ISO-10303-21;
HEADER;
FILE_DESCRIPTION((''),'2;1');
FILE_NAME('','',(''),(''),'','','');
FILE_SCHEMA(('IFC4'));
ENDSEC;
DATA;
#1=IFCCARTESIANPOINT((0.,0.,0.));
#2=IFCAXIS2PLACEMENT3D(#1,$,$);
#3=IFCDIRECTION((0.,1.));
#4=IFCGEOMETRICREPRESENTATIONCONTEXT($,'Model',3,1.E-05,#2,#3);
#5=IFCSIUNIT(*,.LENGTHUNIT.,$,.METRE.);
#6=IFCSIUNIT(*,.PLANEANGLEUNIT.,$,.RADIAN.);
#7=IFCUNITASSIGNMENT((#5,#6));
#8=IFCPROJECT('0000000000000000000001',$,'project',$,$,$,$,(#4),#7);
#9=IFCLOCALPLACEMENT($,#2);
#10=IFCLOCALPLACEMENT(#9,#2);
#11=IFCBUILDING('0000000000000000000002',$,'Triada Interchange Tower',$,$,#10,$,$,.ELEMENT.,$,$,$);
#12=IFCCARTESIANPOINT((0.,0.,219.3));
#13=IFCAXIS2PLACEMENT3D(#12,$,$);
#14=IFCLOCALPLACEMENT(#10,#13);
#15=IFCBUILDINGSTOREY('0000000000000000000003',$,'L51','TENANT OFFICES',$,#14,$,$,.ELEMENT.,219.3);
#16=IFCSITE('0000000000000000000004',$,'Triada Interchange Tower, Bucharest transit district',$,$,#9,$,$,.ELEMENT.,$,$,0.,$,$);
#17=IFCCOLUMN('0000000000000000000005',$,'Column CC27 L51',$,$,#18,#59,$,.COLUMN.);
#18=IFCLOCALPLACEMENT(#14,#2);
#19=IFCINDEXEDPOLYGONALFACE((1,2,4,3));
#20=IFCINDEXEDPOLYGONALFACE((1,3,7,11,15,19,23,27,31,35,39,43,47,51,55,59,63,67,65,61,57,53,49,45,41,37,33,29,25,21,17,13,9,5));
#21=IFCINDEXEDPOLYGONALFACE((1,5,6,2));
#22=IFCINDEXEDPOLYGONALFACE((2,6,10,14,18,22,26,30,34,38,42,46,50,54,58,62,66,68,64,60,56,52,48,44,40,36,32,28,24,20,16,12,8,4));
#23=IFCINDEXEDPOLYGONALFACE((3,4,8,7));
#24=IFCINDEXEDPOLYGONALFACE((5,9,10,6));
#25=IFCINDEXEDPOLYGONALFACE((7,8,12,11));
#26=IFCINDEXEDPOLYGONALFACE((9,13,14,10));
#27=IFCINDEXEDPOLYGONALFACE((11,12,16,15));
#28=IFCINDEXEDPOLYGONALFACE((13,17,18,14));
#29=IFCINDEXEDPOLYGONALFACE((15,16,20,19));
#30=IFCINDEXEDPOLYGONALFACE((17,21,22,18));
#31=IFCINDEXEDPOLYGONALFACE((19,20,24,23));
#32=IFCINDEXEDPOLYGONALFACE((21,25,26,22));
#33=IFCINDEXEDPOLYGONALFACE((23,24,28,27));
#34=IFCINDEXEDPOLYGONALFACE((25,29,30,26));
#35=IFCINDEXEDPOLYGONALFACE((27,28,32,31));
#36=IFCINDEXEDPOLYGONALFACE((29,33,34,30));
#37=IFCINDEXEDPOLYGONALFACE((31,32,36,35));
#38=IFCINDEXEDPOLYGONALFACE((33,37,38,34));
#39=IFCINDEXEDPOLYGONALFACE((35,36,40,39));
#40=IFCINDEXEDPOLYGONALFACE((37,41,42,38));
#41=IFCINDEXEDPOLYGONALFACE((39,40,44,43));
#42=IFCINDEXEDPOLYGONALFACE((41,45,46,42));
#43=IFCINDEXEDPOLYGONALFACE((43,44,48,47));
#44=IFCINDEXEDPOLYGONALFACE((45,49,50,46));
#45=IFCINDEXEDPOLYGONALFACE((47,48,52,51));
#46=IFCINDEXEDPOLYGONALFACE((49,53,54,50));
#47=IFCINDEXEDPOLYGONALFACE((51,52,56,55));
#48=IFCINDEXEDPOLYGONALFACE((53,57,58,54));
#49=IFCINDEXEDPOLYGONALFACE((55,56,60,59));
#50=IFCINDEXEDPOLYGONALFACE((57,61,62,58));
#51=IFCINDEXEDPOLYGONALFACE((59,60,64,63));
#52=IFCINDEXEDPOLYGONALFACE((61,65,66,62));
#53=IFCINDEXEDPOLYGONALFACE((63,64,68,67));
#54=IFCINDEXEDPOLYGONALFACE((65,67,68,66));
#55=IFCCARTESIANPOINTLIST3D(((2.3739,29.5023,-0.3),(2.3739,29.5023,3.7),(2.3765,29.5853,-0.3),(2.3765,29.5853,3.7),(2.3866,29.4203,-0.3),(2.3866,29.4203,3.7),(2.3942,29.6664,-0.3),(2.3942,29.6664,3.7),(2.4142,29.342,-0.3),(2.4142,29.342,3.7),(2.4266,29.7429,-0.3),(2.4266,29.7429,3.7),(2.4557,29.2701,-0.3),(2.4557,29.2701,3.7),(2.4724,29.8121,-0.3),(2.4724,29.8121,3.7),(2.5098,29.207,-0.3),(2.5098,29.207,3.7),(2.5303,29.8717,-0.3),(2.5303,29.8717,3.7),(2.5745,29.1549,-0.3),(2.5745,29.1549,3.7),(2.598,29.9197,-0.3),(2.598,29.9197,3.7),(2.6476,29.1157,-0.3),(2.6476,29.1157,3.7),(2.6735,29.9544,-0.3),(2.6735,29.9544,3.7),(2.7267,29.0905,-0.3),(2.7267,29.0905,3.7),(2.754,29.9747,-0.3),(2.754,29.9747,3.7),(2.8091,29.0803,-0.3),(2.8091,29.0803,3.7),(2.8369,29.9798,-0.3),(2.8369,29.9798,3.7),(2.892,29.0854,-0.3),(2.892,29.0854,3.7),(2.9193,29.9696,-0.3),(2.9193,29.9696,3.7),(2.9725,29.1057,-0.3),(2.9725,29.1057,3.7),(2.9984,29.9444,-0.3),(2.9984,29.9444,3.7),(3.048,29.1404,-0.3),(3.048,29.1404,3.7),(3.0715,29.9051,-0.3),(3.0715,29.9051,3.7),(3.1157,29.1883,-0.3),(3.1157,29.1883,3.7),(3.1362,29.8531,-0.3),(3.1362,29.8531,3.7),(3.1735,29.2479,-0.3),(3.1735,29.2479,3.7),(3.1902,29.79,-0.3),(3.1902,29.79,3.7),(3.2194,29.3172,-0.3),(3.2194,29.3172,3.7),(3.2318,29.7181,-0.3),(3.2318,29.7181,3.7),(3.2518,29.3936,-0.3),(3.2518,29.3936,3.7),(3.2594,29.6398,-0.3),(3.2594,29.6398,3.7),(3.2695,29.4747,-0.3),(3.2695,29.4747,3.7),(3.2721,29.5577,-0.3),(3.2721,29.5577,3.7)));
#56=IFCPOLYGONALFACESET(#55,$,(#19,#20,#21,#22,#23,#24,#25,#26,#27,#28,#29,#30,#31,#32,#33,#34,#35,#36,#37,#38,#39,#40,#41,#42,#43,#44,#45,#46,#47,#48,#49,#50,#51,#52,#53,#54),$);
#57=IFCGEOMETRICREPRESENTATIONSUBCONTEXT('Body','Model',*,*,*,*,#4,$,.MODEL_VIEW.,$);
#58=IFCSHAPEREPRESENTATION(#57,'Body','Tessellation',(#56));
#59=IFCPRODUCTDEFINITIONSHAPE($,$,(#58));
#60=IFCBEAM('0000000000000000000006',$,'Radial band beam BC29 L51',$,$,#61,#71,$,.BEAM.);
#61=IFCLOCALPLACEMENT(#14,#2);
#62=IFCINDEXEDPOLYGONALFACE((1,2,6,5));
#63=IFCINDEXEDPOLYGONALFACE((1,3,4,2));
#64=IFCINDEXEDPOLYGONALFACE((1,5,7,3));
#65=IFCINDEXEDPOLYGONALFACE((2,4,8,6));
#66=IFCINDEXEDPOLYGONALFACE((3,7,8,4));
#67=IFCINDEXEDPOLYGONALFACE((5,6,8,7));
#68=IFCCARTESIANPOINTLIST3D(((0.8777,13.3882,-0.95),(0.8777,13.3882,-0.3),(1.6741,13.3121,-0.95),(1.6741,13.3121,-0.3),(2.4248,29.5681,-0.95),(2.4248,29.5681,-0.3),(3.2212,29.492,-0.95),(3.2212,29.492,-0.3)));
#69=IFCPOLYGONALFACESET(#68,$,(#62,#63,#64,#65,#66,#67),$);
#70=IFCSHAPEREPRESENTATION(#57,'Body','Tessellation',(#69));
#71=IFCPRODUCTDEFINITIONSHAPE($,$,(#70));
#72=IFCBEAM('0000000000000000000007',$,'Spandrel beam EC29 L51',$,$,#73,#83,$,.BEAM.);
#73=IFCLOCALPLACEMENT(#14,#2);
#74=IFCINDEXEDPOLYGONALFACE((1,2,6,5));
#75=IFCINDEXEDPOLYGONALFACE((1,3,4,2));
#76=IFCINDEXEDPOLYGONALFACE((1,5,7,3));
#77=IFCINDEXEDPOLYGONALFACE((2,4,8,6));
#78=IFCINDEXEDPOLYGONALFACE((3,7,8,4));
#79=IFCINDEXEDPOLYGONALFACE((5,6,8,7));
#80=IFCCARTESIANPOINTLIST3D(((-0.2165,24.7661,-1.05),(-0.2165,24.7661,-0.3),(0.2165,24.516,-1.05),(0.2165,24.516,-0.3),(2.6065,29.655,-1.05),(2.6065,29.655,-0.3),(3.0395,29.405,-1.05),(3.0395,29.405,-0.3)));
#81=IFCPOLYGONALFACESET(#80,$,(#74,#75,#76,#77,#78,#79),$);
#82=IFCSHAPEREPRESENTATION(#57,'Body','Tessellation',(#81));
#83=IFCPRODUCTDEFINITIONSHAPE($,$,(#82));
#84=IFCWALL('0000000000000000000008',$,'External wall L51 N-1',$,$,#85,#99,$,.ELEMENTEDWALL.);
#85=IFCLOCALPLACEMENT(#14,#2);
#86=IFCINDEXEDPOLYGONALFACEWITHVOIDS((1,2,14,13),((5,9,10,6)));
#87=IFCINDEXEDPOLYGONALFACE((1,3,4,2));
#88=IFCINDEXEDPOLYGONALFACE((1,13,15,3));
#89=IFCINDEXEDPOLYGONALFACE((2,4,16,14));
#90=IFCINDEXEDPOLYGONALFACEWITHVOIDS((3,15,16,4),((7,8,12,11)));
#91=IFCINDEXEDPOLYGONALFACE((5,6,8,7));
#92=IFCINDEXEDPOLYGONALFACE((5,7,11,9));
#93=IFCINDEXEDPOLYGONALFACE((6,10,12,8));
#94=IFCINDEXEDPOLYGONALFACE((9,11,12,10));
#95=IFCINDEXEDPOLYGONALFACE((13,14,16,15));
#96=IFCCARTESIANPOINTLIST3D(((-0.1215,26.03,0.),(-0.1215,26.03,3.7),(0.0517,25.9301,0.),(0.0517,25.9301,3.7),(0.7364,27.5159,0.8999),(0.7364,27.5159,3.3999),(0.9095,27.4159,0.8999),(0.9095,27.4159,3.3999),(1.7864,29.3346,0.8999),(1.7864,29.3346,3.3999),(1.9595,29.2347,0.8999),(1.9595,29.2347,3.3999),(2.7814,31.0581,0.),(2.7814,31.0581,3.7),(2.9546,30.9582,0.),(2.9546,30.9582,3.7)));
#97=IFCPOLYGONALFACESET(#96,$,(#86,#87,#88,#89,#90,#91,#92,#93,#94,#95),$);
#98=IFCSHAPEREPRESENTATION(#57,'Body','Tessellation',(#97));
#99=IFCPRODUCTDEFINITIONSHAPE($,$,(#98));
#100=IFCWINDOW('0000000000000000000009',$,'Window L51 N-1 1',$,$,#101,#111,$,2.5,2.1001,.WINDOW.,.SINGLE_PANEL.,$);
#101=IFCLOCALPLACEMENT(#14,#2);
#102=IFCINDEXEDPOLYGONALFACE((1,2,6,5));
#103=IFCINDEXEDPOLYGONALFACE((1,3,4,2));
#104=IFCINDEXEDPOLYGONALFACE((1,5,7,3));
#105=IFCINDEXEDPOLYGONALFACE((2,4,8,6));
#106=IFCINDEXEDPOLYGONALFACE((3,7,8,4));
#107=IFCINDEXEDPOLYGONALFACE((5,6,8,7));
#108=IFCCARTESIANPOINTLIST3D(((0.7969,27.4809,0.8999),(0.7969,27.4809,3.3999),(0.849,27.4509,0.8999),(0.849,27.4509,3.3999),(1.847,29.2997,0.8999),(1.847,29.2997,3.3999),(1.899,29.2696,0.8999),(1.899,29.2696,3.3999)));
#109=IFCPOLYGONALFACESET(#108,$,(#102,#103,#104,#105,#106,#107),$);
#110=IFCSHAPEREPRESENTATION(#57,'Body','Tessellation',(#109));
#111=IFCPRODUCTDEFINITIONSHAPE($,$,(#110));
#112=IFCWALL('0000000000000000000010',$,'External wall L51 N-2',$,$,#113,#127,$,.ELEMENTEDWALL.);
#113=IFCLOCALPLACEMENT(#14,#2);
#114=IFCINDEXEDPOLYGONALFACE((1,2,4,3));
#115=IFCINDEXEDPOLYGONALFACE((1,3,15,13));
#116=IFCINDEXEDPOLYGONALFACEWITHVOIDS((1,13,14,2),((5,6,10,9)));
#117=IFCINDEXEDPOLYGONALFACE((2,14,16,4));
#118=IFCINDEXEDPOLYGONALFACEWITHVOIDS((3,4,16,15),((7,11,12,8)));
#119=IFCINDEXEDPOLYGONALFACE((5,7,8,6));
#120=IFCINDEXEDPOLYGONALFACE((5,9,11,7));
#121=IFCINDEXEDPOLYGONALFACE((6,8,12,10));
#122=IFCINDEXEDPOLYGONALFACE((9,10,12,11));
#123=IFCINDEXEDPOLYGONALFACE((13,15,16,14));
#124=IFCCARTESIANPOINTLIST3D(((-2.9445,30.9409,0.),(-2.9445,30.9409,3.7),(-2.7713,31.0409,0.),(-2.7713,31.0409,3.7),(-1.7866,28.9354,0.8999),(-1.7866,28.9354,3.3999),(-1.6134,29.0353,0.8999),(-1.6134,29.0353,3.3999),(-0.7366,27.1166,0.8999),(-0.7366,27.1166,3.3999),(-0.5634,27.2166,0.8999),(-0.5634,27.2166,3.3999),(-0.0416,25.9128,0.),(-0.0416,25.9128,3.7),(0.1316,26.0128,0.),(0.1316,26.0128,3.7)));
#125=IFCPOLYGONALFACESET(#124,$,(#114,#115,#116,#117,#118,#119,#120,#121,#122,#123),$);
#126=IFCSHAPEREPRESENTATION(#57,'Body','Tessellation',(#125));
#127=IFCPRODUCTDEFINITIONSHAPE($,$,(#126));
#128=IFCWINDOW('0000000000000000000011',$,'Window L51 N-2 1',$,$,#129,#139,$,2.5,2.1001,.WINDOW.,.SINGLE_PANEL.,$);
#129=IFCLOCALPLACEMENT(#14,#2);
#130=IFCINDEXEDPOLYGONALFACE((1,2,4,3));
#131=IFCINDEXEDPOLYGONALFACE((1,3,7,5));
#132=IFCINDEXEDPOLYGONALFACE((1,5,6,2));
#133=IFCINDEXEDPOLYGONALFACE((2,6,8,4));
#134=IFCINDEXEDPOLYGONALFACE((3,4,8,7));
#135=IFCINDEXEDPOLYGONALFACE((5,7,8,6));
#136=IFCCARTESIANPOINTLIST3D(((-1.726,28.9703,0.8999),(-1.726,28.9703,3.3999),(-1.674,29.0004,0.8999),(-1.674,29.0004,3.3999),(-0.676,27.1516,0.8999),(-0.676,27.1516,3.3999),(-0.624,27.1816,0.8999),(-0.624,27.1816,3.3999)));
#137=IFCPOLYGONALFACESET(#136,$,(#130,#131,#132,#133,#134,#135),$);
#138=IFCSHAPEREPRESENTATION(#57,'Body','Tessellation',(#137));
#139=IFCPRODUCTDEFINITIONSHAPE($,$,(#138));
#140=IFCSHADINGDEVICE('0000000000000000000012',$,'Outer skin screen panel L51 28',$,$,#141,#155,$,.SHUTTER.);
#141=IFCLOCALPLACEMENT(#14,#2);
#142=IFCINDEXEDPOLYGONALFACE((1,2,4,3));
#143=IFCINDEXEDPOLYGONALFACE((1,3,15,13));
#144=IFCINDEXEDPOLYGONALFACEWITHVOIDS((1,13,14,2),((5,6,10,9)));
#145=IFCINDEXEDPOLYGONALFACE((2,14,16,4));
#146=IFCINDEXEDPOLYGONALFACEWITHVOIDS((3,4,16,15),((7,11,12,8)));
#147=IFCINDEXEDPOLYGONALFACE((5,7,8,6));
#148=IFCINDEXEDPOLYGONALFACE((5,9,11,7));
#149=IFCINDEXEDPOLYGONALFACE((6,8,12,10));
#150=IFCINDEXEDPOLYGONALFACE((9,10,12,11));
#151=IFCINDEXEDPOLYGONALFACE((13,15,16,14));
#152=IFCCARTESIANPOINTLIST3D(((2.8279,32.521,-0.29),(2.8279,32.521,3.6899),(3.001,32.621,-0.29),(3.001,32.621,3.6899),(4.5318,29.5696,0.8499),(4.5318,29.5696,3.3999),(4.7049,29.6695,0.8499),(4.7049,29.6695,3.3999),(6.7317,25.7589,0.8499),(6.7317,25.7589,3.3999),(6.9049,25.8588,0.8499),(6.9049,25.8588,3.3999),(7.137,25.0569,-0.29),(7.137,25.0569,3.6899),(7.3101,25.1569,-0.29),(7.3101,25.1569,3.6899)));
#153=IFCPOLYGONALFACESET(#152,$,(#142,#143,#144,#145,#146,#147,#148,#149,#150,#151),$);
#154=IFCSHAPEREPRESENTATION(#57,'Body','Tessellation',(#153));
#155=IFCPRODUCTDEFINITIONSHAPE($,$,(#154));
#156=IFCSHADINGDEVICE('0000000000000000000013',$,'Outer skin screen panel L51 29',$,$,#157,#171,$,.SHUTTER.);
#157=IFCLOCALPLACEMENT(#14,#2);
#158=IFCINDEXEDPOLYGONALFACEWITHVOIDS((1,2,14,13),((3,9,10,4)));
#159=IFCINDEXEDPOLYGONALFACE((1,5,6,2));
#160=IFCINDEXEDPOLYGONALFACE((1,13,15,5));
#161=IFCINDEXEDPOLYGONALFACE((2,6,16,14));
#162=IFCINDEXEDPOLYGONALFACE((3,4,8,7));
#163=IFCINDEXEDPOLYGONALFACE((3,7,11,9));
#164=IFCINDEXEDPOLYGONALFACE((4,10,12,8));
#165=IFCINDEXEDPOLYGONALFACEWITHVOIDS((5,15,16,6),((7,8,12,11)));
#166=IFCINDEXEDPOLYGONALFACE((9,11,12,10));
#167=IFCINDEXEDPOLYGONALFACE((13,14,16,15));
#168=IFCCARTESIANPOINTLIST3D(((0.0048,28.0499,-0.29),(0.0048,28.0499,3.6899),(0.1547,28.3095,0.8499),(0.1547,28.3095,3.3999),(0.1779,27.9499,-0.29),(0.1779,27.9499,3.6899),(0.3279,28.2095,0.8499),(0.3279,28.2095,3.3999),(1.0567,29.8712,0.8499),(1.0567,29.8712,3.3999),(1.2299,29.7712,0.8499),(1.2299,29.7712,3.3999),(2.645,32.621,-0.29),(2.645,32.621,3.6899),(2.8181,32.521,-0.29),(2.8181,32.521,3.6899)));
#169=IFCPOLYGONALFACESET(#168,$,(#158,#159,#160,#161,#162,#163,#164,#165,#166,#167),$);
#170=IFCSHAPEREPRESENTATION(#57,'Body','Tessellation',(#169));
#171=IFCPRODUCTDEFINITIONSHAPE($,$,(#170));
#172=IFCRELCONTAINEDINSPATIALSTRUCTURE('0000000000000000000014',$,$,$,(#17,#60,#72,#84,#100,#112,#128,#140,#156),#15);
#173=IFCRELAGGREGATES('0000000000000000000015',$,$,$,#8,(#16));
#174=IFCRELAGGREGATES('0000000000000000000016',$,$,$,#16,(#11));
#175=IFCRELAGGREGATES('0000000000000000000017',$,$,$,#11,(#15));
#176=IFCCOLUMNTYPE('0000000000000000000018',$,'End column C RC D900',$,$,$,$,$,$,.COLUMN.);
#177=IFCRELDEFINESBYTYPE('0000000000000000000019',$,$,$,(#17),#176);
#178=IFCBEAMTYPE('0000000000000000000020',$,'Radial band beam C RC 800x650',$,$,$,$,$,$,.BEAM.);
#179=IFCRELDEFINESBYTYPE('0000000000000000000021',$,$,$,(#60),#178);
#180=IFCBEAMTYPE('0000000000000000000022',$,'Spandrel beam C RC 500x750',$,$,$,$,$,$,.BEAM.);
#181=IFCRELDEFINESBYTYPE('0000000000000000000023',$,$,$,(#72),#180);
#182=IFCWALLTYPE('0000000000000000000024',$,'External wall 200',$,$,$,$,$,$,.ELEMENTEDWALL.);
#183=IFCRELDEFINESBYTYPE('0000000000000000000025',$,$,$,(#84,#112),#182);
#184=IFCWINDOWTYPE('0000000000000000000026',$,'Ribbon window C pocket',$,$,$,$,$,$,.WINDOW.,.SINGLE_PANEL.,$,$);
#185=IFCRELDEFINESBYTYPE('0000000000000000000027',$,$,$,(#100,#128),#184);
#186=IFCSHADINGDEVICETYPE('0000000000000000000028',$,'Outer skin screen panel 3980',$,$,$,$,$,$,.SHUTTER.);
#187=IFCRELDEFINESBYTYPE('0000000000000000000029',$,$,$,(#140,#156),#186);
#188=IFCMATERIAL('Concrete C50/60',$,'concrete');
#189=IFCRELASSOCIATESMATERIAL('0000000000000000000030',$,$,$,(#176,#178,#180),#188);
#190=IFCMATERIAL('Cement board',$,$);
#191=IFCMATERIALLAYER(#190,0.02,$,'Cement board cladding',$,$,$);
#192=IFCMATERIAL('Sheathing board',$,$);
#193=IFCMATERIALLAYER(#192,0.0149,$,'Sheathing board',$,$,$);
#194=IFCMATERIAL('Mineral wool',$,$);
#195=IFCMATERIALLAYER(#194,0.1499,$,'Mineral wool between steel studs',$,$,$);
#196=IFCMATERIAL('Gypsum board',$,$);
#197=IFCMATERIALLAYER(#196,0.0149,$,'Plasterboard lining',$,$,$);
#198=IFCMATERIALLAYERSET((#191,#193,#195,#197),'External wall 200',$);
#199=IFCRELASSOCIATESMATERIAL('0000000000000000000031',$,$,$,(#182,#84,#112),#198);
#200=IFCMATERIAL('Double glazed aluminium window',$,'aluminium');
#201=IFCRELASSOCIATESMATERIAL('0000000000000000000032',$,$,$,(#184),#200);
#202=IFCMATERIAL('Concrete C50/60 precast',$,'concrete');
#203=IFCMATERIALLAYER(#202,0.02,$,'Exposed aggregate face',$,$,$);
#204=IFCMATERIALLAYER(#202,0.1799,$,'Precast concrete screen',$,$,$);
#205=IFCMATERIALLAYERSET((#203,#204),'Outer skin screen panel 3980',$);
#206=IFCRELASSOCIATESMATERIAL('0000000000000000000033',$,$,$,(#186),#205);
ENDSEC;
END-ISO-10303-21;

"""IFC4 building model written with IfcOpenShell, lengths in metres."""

from ifc_helpers import new_model, si_unit, direction, frame, frame_2d, origin, origin_2d, place, context, subcontext, project, spatial, polyline, rectangle, circle, outline, extrude, material, layer, layer_set, layer_usage, material_profile, profile_set, type_object, element, fill, save


model = new_model("IFC4")

# Units and contexts
model_context = context("Model", 3, precision=1e-05, world=origin(), true_north=direction((0.0, 1.0)))
body_context = subcontext(model_context, "Body", "Model", "MODEL_VIEW")
ifc_project = project(units=[si_unit("LENGTHUNIT", "METRE"), si_unit("PLANEANGLEUNIT", "RADIAN")], contexts=[model_context])

# Site, building, storey
site_placement = place(None, origin())
site = spatial("IfcSite", under=ifc_project, at=site_placement, Name="Triada Interchange Tower, Bucharest transit district", CompositionType="ELEMENT", RefElevation=0.0)
building_placement = place(site_placement, origin())
building = spatial("IfcBuilding", under=site, at=building_placement, Name="Triada Interchange Tower", CompositionType="ELEMENT")
storey_placement = place(building_placement, frame((0.0, 0.0, 219.3)))
storey = spatial("IfcBuildingStorey", under=building, at=storey_placement, Name="L51", Description="TENANT OFFICES", CompositionType="ELEMENT", Elevation=219.3)

# Column
ifc_material_1 = material(Name="Concrete C50/60", Category="concrete")
ifc_material_profile_1 = material_profile(ifc_material_1, circle(Radius=0.45, at=origin_2d()), Name="RC D900")
ifc_profile_set_1 = profile_set([ifc_material_profile_1], Name="Concrete C50/60")
column_type = type_object("IfcColumnType", Name="End column C RC D900", PredefinedType="COLUMN", material=ifc_profile_set_1)
column_placement = place(storey_placement, frame((2.823, 29.53, -0.3), z_axis=(0.0, 0.0, 1.0), x_axis=(-0.5, 0.866025, 0.0)))
element("IfcColumn", 1, at=column_placement, inside=storey, type_object=column_type, Name="Column CC27 L51", PredefinedType="COLUMN", context=body_context, shape_type="SweptSolid", body=[
    extrude(circle(Radius=0.45, at=origin_2d()), origin(), (0.0, 0.0, 1.0), 4.0),
])

# Beams
ifc_material_profile_2 = material_profile(ifc_material_1, rectangle(XDim=0.8, YDim=0.6499, at=origin_2d()), Name="RC 800x650")
ifc_profile_set_2 = profile_set([ifc_material_profile_2], Name="Concrete C50/60")
beam_type_1 = type_object("IfcBeamType", Name="Radial band beam C RC 800x650", PredefinedType="BEAM", material=ifc_profile_set_2)
beam_1_placement = place(storey_placement, frame((2.823, 29.53, -0.625), z_axis=(-0.095185, -0.99546, 0.0), x_axis=(0.99546, -0.095185, 0.0)))
element("IfcBeam", 2, at=beam_1_placement, inside=storey, type_object=beam_type_1, Name="Radial band beam BC29 L51", PredefinedType="BEAM", context=body_context, shape_type="SweptSolid", body=[
    extrude(rectangle(XDim=0.8, YDim=0.6499, at=origin_2d()), origin(), (0.0, 0.0, 1.0), 16.2537),
])
ifc_material_profile_3 = material_profile(ifc_material_1, rectangle(XDim=0.5, YDim=0.75, at=origin_2d()), Name="RC 500x750")
ifc_profile_set_3 = profile_set([ifc_material_profile_3], Name="Concrete C50/60")
beam_type_2 = type_object("IfcBeamType", Name="Spandrel beam C RC 500x750", PredefinedType="BEAM", material=ifc_profile_set_3)
beam_2_placement = place(storey_placement, frame((2.823, 29.53, -0.675), z_axis=(-0.500051, -0.865996, 0.0), x_axis=(0.865996, -0.500051, 0.0)))
element("IfcBeam", 3, at=beam_2_placement, inside=storey, type_object=beam_type_2, Name="Spandrel beam EC29 L51", PredefinedType="BEAM", context=body_context, shape_type="SweptSolid", body=[
    extrude(rectangle(XDim=0.5, YDim=0.75, at=origin_2d()), origin(), (0.0, 0.0, 1.0), 5.6455),
])

# Walls, openings, windows
ifc_material_2 = material(Name="Cement board")
ifc_layer_1 = layer(ifc_material_2, 0.02, Name="Cement board cladding")
ifc_material_3 = material(Name="Sheathing board")
ifc_layer_2 = layer(ifc_material_3, 0.0149, Name="Sheathing board")
ifc_material_4 = material(Name="Mineral wool")
ifc_layer_3 = layer(ifc_material_4, 0.1499, Name="Mineral wool between steel studs")
ifc_material_5 = material(Name="Gypsum board")
ifc_layer_4 = layer(ifc_material_5, 0.0149, Name="Plasterboard lining")
ifc_layer_set_1 = layer_set([ifc_layer_1, ifc_layer_2, ifc_layer_3, ifc_layer_4], Name="External wall 200")
ifc_layer_usage = layer_usage(ifc_layer_set_1, "AXIS2", "POSITIVE", -0.1001)
wall_type = type_object("IfcWallType", Name="External wall 200", PredefinedType="ELEMENTEDWALL", material=ifc_layer_set_1)
wall_1_placement = place(storey_placement, frame((2.8679, 31.0081, 0.0), z_axis=(0.0, 0.0, 1.0), x_axis=(-0.499983, -0.866035, 0.0)))
wall_1 = element("IfcWall", 4, at=wall_1_placement, inside=storey, type_object=wall_type, material=ifc_layer_usage, Name="External wall L51 N-1", PredefinedType="ELEMENTEDWALL", context=body_context, shape_type="SweptSolid", body=[
    extrude(rectangle(XDim=5.8059, YDim=0.2, at=frame_2d((2.9028, 0.0))), origin(), (0.0, 0.0, 1.0), 3.7),
])
opening_1_placement = place(wall_1_placement, frame((1.99, 0.0, 0.8999)))
opening_1 = element("IfcOpeningElement", 5, at=opening_1_placement, cuts=wall_1, PredefinedType="OPENING", context=body_context, shape_type="SweptSolid", body=[
    extrude(rectangle(XDim=2.1001, YDim=2.5, at=frame_2d((1.05, 1.25))), frame((0.0, 0.1099, 0.0), z_axis=(0.0, -1.0, 0.0), x_axis=(1.0, 0.0, 0.0)), (0.0, 0.0, 1.0), 0.22),
])
ifc_material_6 = material(Name="Double glazed aluminium window", Category="aluminium")
window_type = type_object("IfcWindowType", Name="Ribbon window C pocket", PartitioningType="SINGLE_PANEL", PredefinedType="WINDOW", material=ifc_material_6)
window_1_placement = place(opening_1_placement, origin())
window_1 = element("IfcWindow", 6, at=window_1_placement, inside=storey, type_object=window_type, Name="Window L51 N-1 1", OverallHeight=2.5, OverallWidth=2.1001, PartitioningType="SINGLE_PANEL", PredefinedType="WINDOW", context=body_context, shape_type="SweptSolid", body=[
    extrude(rectangle(XDim=2.1001, YDim=2.5, at=frame_2d((1.05, 1.25))), frame((0.0, 0.03, 0.0), z_axis=(0.0, -1.0, 0.0), x_axis=(1.0, 0.0, 0.0)), (0.0, 0.0, 1.0), 0.0601),
])
fill(opening_1, window_1)
wall_2_placement = place(storey_placement, frame((0.0449, 25.9629, 0.0), z_axis=(0.0, 0.0, 1.0), x_axis=(-0.499983, 0.866035, 0.0)))
wall_2 = element("IfcWall", 7, at=wall_2_placement, inside=storey, type_object=wall_type, material=ifc_layer_usage, Name="External wall L51 N-2", PredefinedType="ELEMENTEDWALL", context=body_context, shape_type="SweptSolid", body=[
    extrude(rectangle(XDim=5.8059, YDim=0.2, at=frame_2d((2.9028, 0.0))), origin(), (0.0, 0.0, 1.0), 3.7),
])
opening_2_placement = place(wall_2_placement, frame((1.3899, 0.0, 0.8999)))
opening_2 = element("IfcOpeningElement", 8, at=opening_2_placement, cuts=wall_2, PredefinedType="OPENING", context=body_context, shape_type="SweptSolid", body=[
    extrude(rectangle(XDim=2.1001, YDim=2.5, at=frame_2d((1.05, 1.25))), frame((0.0, 0.1099, 0.0), z_axis=(0.0, -1.0, 0.0), x_axis=(1.0, 0.0, 0.0)), (0.0, 0.0, 1.0), 0.22),
])
window_2_placement = place(opening_2_placement, origin())
window_2 = element("IfcWindow", 9, at=window_2_placement, inside=storey, type_object=window_type, Name="Window L51 N-2 1", OverallHeight=2.5, OverallWidth=2.1001, PartitioningType="SINGLE_PANEL", PredefinedType="WINDOW", context=body_context, shape_type="SweptSolid", body=[
    extrude(rectangle(XDim=2.1001, YDim=2.5, at=frame_2d((1.05, 1.25))), frame((0.0, 0.03, 0.0), z_axis=(0.0, -1.0, 0.0), x_axis=(1.0, 0.0, 0.0)), (0.0, 0.0, 1.0), 0.0601),
])
fill(opening_2, window_2)

# Shading devices
ifc_material_7 = material(Name="Concrete C50/60 precast", Category="concrete")
ifc_layer_5 = layer(ifc_material_7, 0.02, Name="Exposed aggregate face")
ifc_layer_6 = layer(ifc_material_7, 0.1799, Name="Precast concrete screen")
ifc_layer_set_2 = layer_set([ifc_layer_5, ifc_layer_6], Name="Outer skin screen panel 3980")
shading_device_type = type_object("IfcShadingDeviceType", Name="Outer skin screen panel 3980", PredefinedType="SHUTTER", material=ifc_layer_set_2)
shading_device_1_placement = place(storey_placement, frame((7.137, 25.0569, -0.29), z_axis=(0.0, 0.0, 1.0), x_axis=(-0.499972, 0.866042, 0.0)))
element("IfcShadingDevice", 10, at=shading_device_1_placement, inside=storey, type_object=shading_device_type, Name="Outer skin screen panel L51 28", PredefinedType="SHUTTER", context=body_context, shape_type="SweptSolid", body=[
    extrude(outline(polyline([(0.0, 0.0), (8.6187, 0.0), (8.6187, 3.98), (0.0, 3.98), (0.0, 0.0)]), holes=[polyline([(0.8105, 1.1399), (0.8105, 3.6899), (5.2107, 3.6899), (5.2107, 1.1399), (0.8105, 1.1399)])]), frame((0.0, 0.0, 0.0), z_axis=(0.0, -1.0, 0.0), x_axis=(1.0, 0.0, 0.0)), (0.0, 0.0, 1.0), 0.2),
])
shading_device_2_placement = place(storey_placement, frame((2.8181, 32.521, -0.29), z_axis=(0.0, 0.0, 1.0), x_axis=(-0.500148, -0.86594, 0.0)))
element("IfcShadingDevice", 11, at=shading_device_2_placement, inside=storey, type_object=shading_device_type, Name="Outer skin screen panel L51 29", PredefinedType="SHUTTER", context=body_context, shape_type="SweptSolid", body=[
    extrude(outline(polyline([(0.0, 0.0), (5.2788, 0.0), (5.2788, 3.98), (0.0, 3.98), (0.0, 0.0)]), holes=[polyline([(3.1755, 1.1399), (3.1755, 3.6899), (4.979, 3.6899), (4.979, 1.1399), (3.1755, 1.1399)])]), frame((0.0, 0.0, 0.0), z_axis=(0.0, -1.0, 0.0), x_axis=(1.0, 0.0, 0.0)), (0.0, 0.0, 1.0), 0.2),
])

save(model, "model.ifc")
